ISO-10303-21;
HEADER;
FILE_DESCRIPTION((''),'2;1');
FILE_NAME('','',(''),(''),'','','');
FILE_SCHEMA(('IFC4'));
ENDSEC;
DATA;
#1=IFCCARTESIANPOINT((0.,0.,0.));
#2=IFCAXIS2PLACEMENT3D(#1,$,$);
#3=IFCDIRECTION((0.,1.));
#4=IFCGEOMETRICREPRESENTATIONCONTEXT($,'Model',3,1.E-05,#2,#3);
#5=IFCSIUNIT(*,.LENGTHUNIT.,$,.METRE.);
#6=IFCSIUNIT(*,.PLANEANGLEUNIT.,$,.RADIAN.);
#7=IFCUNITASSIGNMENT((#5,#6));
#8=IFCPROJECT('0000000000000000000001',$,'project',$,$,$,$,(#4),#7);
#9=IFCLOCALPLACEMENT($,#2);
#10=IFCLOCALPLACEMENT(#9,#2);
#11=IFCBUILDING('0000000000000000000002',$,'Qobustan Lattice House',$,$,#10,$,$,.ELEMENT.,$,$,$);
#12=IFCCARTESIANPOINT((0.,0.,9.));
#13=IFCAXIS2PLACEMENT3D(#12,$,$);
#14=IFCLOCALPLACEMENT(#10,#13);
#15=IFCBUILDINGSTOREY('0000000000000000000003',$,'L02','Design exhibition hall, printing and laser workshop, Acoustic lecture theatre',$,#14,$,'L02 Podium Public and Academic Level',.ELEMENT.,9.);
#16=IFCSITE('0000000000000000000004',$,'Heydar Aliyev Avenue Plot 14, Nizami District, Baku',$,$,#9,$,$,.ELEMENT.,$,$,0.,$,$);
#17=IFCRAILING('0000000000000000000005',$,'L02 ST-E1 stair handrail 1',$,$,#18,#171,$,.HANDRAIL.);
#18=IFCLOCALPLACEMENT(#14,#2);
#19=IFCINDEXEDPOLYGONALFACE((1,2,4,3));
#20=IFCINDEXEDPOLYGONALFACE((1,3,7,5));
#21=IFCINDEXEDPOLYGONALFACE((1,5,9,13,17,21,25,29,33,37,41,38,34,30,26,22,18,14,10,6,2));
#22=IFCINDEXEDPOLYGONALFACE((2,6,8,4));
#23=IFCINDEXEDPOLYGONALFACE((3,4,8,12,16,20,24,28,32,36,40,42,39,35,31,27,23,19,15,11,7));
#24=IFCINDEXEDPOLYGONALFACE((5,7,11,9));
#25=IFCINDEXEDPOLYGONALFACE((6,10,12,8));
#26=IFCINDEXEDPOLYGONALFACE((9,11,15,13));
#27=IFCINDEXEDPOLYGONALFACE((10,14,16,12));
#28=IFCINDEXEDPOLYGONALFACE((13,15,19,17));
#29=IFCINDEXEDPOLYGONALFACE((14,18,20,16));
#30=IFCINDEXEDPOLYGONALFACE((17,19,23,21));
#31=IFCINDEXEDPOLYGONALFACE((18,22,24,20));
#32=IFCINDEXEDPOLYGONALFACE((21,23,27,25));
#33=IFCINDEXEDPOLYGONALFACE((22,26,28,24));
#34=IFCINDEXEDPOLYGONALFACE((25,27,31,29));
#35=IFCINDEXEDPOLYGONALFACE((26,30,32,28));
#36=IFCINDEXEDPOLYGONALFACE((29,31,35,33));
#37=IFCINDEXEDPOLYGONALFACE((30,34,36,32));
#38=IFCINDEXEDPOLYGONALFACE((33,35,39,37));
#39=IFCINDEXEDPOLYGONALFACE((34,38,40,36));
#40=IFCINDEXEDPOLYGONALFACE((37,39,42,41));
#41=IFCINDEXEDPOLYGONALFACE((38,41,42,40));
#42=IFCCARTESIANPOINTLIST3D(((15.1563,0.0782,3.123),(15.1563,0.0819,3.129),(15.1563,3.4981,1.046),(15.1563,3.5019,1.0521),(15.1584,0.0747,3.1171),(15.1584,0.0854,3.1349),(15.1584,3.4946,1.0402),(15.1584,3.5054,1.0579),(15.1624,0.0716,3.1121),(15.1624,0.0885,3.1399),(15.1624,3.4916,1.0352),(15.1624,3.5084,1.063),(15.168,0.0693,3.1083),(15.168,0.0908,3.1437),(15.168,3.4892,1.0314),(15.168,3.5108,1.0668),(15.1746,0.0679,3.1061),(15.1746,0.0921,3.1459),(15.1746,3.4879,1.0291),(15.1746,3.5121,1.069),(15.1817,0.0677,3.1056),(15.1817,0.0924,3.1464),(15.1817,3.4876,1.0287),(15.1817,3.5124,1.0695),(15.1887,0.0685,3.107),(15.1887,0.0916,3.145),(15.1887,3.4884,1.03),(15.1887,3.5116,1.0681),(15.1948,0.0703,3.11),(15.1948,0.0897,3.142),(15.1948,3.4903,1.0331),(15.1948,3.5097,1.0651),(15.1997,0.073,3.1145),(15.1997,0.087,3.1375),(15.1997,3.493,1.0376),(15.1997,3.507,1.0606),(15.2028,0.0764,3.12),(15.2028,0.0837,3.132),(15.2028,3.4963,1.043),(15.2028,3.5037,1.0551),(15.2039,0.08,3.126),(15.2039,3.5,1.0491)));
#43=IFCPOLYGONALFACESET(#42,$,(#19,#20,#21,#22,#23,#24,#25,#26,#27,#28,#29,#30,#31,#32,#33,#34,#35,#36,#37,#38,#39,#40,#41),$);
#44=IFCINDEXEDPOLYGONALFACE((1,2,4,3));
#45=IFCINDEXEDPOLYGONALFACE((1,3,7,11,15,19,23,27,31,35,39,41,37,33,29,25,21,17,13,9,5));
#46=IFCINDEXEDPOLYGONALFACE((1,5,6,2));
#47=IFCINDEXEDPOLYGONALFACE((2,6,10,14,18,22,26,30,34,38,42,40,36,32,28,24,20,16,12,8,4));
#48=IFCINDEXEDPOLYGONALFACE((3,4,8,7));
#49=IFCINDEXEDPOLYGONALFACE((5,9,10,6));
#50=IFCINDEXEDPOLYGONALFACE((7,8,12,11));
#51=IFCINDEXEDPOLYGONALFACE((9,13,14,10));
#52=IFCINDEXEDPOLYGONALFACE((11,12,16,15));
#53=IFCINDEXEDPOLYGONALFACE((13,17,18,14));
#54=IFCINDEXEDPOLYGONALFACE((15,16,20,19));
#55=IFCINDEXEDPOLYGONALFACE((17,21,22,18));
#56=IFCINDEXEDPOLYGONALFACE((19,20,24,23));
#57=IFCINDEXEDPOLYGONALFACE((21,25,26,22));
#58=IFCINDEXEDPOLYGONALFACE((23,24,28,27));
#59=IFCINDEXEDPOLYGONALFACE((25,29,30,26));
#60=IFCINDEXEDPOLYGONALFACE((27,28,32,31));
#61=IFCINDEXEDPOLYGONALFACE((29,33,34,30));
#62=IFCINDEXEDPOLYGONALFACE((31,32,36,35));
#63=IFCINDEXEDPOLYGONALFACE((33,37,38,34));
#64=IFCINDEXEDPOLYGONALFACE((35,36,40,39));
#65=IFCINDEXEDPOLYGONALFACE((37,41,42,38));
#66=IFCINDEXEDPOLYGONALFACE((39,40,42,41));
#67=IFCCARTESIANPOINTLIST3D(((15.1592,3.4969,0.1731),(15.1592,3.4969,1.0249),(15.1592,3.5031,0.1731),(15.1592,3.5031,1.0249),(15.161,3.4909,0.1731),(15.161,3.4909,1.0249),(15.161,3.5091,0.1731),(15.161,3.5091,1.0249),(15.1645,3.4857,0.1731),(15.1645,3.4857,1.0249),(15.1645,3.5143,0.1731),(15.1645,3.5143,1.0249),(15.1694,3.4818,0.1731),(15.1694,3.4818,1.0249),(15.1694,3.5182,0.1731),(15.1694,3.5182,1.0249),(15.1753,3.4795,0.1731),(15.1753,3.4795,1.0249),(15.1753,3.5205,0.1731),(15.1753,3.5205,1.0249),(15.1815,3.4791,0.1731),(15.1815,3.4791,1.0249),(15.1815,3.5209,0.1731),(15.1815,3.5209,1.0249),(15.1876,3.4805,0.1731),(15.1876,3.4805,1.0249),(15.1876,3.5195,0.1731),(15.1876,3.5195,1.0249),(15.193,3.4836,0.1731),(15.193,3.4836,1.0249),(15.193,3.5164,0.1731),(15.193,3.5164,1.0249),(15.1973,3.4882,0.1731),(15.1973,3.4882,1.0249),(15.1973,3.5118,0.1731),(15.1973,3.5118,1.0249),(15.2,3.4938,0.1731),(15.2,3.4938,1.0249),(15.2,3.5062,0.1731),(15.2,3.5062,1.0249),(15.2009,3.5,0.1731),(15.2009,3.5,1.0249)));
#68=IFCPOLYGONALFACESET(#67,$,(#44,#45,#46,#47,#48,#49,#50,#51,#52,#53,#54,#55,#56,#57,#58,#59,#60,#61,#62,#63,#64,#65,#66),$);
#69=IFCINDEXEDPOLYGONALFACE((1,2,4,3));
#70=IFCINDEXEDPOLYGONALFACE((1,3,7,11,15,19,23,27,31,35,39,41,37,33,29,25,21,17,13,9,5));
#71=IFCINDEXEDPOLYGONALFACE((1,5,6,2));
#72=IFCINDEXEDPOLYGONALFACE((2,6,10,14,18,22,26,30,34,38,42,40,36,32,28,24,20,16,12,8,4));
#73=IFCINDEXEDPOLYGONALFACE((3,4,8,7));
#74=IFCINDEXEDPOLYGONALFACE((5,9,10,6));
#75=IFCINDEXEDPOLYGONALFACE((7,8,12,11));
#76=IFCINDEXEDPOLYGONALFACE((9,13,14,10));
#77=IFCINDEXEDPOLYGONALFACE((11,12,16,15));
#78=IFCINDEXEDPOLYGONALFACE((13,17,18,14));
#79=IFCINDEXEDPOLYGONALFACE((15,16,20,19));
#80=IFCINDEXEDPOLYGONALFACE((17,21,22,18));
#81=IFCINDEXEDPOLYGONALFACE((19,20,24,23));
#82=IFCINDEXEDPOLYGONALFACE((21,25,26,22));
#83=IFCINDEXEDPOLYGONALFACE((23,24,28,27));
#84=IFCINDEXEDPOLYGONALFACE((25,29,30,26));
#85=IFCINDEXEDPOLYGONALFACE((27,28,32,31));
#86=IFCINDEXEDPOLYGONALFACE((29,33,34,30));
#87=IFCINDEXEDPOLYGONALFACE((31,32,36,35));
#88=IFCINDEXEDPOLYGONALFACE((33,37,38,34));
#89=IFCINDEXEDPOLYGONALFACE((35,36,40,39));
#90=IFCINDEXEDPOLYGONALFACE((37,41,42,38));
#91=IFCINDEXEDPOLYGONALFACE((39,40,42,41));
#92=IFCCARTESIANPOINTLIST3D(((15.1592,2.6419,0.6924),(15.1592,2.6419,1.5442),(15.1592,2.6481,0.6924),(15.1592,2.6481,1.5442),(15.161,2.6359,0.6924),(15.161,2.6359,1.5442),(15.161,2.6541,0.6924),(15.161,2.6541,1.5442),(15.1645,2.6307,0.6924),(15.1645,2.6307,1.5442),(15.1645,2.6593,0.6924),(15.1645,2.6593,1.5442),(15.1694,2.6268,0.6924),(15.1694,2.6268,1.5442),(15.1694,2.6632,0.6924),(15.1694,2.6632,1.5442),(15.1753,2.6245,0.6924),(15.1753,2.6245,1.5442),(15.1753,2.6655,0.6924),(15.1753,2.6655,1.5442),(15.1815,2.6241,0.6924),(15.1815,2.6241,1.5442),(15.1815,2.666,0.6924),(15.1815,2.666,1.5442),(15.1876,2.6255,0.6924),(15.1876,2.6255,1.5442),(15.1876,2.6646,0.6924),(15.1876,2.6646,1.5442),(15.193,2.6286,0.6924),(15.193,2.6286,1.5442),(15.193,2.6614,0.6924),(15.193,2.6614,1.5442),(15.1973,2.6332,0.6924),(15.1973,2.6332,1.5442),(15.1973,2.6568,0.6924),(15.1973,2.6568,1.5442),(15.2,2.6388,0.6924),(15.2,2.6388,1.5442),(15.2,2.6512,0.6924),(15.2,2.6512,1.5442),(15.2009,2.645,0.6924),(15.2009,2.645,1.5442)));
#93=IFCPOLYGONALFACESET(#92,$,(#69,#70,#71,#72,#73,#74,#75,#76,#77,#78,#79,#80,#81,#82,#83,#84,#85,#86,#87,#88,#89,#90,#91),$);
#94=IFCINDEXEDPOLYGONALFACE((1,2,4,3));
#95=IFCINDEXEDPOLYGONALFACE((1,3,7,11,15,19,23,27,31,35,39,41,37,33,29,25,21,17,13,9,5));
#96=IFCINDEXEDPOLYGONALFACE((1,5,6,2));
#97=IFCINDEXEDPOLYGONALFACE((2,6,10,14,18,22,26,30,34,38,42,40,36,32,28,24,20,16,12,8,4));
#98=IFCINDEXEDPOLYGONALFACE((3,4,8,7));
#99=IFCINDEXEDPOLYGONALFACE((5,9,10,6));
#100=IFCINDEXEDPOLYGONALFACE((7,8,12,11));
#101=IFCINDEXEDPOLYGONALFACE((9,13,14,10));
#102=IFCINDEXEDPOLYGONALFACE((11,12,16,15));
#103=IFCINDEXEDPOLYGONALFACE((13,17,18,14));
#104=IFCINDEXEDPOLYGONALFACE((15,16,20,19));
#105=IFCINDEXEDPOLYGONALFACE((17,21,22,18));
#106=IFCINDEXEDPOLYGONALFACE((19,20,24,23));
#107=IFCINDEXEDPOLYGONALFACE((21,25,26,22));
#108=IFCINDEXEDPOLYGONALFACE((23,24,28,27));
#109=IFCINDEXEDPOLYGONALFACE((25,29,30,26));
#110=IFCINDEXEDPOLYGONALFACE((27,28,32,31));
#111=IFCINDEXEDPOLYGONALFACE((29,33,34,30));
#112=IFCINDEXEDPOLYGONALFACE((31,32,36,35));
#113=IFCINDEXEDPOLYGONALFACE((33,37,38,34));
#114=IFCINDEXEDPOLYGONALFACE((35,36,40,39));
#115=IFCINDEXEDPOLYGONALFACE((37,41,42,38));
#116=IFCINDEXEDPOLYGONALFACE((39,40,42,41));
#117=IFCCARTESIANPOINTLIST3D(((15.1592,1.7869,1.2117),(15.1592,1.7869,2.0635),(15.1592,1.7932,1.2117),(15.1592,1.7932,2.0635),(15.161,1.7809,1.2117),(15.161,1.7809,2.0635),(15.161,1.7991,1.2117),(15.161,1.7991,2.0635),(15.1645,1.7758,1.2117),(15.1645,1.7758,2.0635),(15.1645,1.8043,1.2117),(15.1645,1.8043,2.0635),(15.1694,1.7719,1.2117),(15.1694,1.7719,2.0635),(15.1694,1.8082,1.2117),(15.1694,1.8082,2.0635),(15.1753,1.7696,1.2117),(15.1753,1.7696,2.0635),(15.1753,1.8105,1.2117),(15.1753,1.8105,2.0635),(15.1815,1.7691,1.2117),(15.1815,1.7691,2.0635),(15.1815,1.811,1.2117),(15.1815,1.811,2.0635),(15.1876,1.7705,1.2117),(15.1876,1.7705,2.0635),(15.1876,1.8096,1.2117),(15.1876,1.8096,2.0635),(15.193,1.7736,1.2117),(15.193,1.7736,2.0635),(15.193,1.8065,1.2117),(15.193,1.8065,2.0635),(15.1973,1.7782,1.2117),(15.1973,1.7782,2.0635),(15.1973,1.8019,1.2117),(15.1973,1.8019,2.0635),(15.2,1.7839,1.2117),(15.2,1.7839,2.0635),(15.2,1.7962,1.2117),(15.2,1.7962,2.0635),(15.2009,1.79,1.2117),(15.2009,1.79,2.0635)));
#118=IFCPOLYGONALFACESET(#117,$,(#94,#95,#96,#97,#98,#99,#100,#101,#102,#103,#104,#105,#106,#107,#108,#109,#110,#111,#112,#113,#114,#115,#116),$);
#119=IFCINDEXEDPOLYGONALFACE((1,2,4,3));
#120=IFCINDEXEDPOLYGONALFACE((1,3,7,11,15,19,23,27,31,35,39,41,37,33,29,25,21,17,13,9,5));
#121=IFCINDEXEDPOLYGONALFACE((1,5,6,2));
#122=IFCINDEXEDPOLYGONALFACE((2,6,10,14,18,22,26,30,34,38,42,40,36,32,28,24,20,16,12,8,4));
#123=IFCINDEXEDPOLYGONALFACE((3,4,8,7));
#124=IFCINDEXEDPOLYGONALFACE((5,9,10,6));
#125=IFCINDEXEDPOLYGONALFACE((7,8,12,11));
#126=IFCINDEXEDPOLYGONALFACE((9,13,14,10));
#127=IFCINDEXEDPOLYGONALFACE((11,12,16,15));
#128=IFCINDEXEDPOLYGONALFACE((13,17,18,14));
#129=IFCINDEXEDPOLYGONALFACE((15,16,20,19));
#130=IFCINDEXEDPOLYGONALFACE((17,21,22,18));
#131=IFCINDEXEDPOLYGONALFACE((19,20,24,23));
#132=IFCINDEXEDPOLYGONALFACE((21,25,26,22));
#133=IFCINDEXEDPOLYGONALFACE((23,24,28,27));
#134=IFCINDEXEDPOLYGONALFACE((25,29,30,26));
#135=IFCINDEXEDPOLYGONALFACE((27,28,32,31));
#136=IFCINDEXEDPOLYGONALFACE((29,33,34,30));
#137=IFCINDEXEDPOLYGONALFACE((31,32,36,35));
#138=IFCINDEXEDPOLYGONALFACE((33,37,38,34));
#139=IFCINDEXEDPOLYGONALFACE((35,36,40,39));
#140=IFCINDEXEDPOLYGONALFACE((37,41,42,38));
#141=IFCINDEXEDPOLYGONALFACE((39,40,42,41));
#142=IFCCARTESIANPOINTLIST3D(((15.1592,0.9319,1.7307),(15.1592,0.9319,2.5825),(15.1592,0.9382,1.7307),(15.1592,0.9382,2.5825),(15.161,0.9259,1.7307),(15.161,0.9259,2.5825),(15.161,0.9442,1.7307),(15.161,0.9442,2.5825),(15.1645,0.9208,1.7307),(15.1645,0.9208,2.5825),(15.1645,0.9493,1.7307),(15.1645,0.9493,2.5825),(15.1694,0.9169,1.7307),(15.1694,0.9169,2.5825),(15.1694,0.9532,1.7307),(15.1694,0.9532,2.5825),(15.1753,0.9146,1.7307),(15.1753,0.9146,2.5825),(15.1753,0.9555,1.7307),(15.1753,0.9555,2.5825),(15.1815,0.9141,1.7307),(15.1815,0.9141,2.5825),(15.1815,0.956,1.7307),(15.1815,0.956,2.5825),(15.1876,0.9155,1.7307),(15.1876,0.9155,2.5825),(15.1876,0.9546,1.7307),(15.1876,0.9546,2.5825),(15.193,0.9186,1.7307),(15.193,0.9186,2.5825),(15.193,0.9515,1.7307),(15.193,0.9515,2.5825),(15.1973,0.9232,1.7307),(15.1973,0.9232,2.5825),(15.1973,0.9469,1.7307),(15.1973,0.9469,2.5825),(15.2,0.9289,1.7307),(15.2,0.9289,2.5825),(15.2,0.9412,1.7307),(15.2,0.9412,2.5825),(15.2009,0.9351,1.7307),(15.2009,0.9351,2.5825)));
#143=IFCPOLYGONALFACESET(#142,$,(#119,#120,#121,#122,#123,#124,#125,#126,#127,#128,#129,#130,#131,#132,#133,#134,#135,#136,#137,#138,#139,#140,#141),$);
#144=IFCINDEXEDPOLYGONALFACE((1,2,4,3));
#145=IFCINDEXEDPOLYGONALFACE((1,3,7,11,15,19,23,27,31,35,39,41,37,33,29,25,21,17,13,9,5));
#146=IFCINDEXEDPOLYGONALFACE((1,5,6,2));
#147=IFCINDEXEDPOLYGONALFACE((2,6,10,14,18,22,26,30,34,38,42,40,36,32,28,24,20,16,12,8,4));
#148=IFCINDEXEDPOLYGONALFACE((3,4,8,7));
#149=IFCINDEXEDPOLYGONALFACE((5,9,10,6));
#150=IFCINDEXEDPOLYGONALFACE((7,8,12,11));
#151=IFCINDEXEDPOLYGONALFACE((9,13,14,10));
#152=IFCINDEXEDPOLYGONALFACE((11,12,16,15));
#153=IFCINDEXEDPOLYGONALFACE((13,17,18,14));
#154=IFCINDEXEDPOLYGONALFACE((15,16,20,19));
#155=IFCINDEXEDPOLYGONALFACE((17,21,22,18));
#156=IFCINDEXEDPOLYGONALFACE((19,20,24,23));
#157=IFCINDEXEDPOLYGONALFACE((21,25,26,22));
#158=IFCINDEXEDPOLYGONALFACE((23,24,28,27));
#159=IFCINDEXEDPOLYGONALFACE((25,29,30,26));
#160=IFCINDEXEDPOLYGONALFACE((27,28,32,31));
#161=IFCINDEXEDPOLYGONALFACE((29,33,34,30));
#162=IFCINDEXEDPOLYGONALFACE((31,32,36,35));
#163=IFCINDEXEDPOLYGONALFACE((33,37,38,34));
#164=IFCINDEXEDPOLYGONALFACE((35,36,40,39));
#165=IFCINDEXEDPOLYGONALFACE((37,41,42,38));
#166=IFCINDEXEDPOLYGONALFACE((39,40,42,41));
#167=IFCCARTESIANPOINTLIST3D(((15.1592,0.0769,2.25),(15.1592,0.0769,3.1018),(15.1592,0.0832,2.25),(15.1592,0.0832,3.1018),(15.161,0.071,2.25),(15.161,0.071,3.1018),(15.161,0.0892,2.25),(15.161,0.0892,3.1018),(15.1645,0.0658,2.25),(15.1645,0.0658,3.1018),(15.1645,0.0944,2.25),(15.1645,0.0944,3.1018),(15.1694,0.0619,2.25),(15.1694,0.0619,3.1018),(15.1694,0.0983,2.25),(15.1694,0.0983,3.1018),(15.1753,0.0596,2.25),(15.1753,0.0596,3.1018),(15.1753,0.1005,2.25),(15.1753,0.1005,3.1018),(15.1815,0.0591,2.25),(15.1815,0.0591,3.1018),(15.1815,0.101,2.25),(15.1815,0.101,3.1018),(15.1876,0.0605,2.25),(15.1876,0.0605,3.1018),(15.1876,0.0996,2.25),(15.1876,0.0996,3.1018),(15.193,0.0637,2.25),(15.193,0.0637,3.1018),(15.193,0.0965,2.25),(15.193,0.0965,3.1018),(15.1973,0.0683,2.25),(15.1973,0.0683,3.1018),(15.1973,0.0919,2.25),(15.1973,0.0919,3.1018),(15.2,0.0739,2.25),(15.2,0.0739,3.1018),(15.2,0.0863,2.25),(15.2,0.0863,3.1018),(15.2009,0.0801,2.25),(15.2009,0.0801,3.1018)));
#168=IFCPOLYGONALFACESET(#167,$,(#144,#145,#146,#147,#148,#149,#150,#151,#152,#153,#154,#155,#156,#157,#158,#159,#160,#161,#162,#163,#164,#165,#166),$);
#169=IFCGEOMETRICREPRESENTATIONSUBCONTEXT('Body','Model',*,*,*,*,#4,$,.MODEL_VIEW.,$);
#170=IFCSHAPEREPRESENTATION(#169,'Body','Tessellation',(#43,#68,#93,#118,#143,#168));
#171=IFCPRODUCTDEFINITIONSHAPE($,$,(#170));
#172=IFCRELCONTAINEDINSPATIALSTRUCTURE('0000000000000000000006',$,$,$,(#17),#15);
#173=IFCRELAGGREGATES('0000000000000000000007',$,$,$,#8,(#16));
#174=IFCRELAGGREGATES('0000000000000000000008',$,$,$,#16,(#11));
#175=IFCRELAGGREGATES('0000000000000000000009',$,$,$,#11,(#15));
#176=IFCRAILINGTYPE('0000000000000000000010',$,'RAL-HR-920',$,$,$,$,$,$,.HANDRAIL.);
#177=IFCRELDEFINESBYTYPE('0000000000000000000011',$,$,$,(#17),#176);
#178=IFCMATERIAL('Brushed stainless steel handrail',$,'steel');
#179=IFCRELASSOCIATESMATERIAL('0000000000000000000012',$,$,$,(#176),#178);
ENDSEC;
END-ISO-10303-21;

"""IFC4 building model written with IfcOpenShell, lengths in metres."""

from ifc_helpers import new_model, si_unit, direction, frame, origin, origin_2d, place, context, subcontext, project, spatial, circle, extrude, material, type_object, element, save


model = new_model("IFC4")

# Units and contexts
model_context = context("Model", 3, precision=1e-05, world=origin(), true_north=direction((0.0, 1.0)))
body_context = subcontext(model_context, "Body", "Model", "MODEL_VIEW")
ifc_project = project(units=[si_unit("LENGTHUNIT", "METRE"), si_unit("PLANEANGLEUNIT", "RADIAN")], contexts=[model_context])

# Site, building, storey
site_placement = place(None, origin())
site = spatial("IfcSite", under=ifc_project, at=site_placement, Name="Heydar Aliyev Avenue Plot 14, Nizami District, Baku", CompositionType="ELEMENT", RefElevation=0.0)
building_placement = place(site_placement, origin())
building = spatial("IfcBuilding", under=site, at=building_placement, Name="Qobustan Lattice House", CompositionType="ELEMENT")
storey_placement = place(building_placement, frame((0.0, 0.0, 9.0)))
storey = spatial("IfcBuildingStorey", under=building, at=storey_placement, Name="L02", Description="Design exhibition hall, printing and laser workshop, Acoustic lecture theatre", LongName="L02 Podium Public and Academic Level", CompositionType="ELEMENT", Elevation=9.0)

# Railing
ifc_material_1 = material(Name="Brushed stainless steel handrail", Category="steel")
railing_type_1 = type_object("IfcRailingType", Name="RAL-HR-920", PredefinedType="HANDRAIL", material=ifc_material_1)
railing_1_placement = place(storey_placement, frame((15.1799, 3.5, 0.1731)))
element("IfcRailing", 1, at=railing_1_placement, inside=storey, type_object=railing_type_1, Name="L02 ST-E1 stair handrail 1", PredefinedType="HANDRAIL", context=body_context, shape_type="SweptSolid", body=[
    extrude(circle(Radius=0.0239, at=origin_2d()), frame((0.0, 0.0, 0.876), z_axis=(0.0, -0.85473, 0.519074), x_axis=(1.0, 0.0, 0.0)), (0.0, 0.0, 1.0), 4.0012),
    extrude(circle(Radius=0.021, at=origin_2d()), origin(), (0.0, 0.0, 1.0), 0.8518),
    extrude(circle(Radius=0.021, at=origin_2d()), frame((0.0, -0.855, 0.5193)), (0.0, 0.0, 1.0), 0.8518),
    extrude(circle(Radius=0.021, at=origin_2d()), frame((0.0, -1.71, 1.0386)), (0.0, 0.0, 1.0), 0.8518),
    extrude(circle(Radius=0.021, at=origin_2d()), frame((0.0, -2.5649, 1.5576)), (0.0, 0.0, 1.0), 0.8518),
    extrude(circle(Radius=0.021, at=origin_2d()), frame((0.0, -3.4199, 2.0769)), (0.0, 0.0, 1.0), 0.8518),
])

save(model, "model.ifc")
